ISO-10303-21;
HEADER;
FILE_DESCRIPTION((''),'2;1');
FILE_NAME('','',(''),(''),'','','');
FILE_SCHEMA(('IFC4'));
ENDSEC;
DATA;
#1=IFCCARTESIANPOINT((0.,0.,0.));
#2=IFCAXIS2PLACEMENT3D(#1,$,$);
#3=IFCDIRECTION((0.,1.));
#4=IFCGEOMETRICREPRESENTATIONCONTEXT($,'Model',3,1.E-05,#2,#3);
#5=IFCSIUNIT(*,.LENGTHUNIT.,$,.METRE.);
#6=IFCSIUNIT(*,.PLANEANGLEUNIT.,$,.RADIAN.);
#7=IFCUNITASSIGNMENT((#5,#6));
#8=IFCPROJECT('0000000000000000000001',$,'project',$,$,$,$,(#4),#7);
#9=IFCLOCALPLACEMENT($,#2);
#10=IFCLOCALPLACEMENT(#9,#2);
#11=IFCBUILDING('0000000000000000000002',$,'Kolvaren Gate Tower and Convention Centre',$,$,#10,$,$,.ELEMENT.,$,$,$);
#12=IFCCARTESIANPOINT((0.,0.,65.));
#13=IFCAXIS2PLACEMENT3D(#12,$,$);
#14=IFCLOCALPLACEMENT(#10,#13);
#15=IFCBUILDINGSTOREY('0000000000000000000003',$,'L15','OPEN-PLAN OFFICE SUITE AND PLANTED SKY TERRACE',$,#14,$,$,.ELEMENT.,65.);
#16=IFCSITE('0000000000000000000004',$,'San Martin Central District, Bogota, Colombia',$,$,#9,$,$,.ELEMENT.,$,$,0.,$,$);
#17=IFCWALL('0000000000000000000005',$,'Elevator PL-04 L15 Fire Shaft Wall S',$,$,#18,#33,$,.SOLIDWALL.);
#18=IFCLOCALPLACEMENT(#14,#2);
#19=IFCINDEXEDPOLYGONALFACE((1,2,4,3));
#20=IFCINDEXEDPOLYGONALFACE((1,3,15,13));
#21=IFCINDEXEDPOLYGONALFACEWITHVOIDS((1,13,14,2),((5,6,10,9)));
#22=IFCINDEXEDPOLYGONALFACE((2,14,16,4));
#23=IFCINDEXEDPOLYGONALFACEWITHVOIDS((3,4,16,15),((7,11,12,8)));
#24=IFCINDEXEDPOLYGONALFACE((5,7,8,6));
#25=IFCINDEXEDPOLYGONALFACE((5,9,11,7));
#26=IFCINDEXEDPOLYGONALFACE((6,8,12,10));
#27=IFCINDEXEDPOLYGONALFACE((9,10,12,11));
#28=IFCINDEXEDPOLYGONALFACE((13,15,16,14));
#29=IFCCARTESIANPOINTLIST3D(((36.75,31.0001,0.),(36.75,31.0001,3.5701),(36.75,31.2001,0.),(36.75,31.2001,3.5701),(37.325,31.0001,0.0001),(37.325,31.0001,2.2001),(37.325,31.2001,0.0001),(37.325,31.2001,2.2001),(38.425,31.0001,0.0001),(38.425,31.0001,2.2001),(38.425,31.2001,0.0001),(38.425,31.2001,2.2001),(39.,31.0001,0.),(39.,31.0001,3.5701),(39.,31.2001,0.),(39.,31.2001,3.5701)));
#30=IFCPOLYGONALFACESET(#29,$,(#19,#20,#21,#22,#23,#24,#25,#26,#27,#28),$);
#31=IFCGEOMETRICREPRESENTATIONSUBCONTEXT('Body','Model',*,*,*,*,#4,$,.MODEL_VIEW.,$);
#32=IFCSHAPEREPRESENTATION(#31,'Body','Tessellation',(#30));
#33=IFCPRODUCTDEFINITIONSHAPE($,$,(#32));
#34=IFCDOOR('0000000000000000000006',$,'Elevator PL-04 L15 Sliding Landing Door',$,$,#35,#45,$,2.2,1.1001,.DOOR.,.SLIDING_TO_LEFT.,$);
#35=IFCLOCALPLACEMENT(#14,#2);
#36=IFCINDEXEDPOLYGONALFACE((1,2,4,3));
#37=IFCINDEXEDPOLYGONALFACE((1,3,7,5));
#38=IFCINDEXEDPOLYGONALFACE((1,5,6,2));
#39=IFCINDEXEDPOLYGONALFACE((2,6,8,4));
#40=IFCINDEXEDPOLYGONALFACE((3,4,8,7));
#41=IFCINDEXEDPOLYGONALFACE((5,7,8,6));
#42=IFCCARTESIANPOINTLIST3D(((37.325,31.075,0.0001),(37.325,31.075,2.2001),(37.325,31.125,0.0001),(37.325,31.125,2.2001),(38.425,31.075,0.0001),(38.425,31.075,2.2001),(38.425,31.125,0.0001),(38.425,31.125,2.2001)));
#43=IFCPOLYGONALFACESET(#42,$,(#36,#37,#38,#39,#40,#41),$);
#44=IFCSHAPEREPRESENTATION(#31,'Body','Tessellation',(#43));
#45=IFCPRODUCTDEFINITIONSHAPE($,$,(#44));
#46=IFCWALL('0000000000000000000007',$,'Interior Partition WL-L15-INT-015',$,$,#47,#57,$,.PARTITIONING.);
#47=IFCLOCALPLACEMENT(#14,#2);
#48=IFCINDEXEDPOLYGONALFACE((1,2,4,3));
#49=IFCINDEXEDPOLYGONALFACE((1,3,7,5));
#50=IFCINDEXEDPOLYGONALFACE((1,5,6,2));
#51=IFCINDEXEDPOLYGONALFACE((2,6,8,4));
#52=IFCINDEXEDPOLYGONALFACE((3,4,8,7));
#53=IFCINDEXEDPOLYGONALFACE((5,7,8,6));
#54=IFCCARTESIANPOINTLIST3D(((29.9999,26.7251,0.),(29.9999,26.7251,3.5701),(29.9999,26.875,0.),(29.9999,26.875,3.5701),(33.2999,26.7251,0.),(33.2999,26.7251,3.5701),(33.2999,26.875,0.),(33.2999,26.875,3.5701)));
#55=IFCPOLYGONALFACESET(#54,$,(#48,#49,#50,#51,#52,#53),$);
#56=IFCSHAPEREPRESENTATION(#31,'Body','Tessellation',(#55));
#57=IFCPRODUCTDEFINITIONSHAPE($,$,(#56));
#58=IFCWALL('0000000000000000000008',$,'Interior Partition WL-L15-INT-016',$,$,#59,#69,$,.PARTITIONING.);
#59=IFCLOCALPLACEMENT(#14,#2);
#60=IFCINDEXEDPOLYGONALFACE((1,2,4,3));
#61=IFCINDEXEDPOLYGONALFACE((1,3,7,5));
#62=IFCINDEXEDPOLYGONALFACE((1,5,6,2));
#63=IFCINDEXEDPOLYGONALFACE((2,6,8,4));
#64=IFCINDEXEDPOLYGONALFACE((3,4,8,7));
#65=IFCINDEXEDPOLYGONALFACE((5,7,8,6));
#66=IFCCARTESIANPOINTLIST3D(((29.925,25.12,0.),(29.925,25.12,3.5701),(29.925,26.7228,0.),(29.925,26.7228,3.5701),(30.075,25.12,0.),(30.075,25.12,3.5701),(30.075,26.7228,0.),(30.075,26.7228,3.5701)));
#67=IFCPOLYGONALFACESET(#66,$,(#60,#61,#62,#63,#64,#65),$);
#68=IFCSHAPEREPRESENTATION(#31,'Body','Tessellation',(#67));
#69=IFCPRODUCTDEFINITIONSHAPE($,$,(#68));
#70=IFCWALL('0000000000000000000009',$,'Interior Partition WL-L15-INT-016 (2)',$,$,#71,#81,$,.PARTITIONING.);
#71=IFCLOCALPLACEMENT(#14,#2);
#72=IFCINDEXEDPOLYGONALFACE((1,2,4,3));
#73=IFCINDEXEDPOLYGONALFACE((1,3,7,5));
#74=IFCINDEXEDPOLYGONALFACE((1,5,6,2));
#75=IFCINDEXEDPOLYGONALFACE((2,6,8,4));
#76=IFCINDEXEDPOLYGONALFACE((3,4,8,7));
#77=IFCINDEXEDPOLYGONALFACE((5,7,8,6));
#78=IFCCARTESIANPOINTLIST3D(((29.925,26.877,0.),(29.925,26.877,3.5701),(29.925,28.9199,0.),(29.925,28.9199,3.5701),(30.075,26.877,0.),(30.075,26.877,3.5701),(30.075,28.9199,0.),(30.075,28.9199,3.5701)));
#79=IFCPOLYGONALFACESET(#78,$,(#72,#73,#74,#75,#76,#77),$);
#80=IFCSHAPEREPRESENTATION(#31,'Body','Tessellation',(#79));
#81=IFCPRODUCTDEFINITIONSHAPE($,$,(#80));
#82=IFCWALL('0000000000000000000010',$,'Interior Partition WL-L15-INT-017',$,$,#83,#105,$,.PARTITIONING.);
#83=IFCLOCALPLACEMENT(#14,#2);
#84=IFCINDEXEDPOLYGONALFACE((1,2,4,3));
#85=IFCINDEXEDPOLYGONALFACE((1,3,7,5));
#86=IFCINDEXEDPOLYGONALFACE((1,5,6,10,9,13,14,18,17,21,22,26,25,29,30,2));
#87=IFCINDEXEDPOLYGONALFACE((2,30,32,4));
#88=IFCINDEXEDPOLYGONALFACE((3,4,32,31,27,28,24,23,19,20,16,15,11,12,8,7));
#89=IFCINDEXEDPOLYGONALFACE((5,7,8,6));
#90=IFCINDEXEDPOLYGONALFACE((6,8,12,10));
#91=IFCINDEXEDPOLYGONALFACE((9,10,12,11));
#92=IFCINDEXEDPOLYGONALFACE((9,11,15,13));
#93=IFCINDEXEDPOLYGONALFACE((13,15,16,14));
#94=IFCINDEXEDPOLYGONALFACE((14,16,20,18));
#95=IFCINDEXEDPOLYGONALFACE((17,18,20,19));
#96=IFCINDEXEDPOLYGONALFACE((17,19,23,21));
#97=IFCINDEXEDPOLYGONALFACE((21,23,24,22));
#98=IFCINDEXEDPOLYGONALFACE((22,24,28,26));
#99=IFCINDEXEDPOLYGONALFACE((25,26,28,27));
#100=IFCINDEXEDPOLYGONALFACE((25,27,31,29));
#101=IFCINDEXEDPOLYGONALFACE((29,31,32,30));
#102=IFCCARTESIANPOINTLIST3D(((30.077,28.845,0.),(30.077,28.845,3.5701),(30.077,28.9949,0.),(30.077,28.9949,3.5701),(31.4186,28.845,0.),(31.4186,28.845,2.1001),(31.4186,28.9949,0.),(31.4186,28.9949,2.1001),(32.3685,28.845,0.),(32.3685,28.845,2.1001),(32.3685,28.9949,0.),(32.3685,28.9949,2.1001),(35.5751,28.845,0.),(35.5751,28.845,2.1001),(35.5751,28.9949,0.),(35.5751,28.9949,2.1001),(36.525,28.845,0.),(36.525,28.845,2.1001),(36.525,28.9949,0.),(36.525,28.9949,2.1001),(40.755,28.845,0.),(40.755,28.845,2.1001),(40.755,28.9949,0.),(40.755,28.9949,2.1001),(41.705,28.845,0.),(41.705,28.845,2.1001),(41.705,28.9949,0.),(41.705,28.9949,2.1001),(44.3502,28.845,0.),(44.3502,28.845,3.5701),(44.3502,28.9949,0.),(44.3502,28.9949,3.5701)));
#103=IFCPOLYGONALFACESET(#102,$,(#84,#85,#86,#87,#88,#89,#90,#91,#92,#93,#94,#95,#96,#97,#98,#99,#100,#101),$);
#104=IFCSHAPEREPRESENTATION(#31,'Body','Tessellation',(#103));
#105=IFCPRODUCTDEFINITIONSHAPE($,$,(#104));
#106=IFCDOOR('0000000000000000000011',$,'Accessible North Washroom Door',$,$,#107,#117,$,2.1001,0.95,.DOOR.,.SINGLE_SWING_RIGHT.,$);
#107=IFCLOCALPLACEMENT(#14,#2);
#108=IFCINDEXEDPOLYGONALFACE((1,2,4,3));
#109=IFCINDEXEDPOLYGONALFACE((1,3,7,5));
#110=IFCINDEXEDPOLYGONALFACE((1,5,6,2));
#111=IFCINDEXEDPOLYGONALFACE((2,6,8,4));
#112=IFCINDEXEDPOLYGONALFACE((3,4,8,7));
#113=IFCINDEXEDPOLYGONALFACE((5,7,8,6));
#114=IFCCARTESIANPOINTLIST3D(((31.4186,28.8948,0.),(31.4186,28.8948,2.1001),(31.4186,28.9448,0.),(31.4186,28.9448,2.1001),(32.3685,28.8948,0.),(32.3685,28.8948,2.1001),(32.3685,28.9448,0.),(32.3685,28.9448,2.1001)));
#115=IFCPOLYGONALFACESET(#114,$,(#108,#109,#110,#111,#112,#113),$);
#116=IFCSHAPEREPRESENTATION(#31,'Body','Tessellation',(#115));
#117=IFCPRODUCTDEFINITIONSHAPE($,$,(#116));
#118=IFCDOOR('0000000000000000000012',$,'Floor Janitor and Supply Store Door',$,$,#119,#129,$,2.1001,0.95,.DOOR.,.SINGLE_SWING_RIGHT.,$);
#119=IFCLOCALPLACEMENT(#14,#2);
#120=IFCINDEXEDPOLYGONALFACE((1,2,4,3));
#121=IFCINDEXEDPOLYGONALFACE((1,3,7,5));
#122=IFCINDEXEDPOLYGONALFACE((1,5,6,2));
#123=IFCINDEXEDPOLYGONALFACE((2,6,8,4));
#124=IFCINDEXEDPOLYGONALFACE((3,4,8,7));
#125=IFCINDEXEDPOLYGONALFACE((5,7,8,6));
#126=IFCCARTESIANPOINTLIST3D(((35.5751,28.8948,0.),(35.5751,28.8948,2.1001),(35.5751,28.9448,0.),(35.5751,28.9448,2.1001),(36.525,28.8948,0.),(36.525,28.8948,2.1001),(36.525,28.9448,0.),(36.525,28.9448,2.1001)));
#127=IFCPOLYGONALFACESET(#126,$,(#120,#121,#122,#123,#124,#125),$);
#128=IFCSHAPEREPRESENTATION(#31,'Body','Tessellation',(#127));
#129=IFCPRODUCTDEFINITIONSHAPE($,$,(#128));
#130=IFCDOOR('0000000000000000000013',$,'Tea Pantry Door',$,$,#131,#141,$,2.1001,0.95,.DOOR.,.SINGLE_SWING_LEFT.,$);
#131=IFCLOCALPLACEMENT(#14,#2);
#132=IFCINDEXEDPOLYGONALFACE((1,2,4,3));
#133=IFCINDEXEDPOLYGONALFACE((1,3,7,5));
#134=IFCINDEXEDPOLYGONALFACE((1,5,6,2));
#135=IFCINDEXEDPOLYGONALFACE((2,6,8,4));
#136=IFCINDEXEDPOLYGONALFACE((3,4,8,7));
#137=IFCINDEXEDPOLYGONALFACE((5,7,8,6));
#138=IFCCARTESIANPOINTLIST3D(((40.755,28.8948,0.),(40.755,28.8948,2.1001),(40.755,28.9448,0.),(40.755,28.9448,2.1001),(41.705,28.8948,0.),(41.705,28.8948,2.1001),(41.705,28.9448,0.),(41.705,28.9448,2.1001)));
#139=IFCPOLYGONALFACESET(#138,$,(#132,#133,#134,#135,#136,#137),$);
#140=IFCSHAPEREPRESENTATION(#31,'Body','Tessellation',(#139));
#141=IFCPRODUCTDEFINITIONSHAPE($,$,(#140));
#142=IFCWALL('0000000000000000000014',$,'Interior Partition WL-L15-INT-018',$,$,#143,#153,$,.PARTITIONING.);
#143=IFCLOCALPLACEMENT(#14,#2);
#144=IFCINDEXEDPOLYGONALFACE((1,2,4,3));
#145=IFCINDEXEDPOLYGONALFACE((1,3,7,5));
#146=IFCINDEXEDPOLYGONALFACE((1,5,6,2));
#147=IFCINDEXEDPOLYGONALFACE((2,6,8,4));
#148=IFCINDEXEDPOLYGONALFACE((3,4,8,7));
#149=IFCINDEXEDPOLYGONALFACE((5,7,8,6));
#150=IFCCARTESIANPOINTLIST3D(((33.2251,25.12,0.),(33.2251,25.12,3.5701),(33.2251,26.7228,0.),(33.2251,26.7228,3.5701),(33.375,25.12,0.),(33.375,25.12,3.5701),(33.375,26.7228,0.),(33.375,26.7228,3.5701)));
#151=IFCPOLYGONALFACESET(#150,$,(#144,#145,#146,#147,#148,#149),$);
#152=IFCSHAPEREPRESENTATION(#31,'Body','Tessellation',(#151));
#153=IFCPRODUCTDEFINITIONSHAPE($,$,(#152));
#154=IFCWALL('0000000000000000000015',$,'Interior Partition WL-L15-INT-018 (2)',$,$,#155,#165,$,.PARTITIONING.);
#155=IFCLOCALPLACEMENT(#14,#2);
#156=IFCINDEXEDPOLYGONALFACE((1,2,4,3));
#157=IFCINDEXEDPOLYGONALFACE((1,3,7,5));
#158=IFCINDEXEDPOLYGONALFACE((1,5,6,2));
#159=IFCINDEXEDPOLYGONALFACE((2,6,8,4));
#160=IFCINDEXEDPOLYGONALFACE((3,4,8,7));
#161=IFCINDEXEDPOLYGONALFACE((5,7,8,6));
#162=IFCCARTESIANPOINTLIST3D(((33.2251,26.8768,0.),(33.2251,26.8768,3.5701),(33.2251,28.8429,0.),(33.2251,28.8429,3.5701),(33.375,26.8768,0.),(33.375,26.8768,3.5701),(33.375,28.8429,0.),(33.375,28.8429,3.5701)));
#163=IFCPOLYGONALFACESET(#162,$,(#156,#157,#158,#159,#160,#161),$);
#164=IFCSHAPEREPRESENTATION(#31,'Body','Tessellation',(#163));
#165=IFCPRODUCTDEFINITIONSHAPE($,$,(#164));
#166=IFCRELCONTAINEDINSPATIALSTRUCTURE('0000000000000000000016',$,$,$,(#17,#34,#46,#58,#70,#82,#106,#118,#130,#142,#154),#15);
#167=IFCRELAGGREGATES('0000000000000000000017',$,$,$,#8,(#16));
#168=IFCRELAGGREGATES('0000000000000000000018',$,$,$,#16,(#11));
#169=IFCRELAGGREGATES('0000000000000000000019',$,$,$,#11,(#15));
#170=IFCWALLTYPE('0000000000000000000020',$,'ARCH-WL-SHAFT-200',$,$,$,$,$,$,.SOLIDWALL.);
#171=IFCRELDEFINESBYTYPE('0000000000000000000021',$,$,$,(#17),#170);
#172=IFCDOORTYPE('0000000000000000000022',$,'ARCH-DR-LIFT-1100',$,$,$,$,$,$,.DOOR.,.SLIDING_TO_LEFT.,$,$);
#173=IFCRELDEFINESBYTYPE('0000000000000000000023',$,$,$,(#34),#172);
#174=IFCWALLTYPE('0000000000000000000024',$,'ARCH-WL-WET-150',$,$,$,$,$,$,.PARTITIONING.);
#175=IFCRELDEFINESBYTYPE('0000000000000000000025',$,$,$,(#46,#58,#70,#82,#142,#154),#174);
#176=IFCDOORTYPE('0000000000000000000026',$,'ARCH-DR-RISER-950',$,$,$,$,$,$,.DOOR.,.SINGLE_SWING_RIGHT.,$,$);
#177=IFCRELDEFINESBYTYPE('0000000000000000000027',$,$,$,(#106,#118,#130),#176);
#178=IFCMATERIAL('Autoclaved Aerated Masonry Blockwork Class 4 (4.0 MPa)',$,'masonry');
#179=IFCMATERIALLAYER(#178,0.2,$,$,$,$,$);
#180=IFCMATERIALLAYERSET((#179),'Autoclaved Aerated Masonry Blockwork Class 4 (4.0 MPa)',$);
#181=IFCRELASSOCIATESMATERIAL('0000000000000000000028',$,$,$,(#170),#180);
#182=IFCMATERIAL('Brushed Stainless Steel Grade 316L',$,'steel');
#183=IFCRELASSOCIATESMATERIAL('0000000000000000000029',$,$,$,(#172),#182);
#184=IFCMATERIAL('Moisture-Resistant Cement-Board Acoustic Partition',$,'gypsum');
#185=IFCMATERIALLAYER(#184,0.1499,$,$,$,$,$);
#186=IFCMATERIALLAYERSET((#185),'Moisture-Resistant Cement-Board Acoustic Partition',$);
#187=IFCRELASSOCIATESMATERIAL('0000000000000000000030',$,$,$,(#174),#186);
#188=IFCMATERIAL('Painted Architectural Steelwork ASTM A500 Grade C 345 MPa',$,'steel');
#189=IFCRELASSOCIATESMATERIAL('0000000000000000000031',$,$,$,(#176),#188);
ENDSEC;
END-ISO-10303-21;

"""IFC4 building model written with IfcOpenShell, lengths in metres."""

from ifc_helpers import new_model, si_unit, direction, frame, frame_2d, origin, place, context, subcontext, project, spatial, rectangle, extrude, material, layer, layer_set, type_object, element, fill, save


model = new_model("IFC4")

# Units and contexts
model_context = context("Model", 3, precision=1e-05, world=origin(), true_north=direction((0.0, 1.0)))
body_context = subcontext(model_context, "Body", "Model", "MODEL_VIEW")
ifc_project = project(units=[si_unit("LENGTHUNIT", "METRE"), si_unit("PLANEANGLEUNIT", "RADIAN")], contexts=[model_context])

# Site, building, storey
site_placement = place(None, origin())
site = spatial("IfcSite", under=ifc_project, at=site_placement, Name="San Martin Central District, Bogota, Colombia", CompositionType="ELEMENT", RefElevation=0.0)
building_placement = place(site_placement, origin())
building = spatial("IfcBuilding", under=site, at=building_placement, Name="Kolvaren Gate Tower and Convention Centre", CompositionType="ELEMENT")
storey_placement = place(building_placement, frame((0.0, 0.0, 65.0)))
storey = spatial("IfcBuildingStorey", under=building, at=storey_placement, Name="L15", Description="OPEN-PLAN OFFICE SUITE AND PLANTED SKY TERRACE", CompositionType="ELEMENT", Elevation=65.0)

# Shared definitions
ifc_material_1 = material(Name="Autoclaved Aerated Masonry Blockwork Class 4 (4.0 MPa)", Category="masonry")
ifc_layer_1 = layer(ifc_material_1, 0.2)
ifc_layer_set_1 = layer_set([ifc_layer_1], Name="Autoclaved Aerated Masonry Blockwork Class 4 (4.0 MPa)")
wall_type_1 = type_object("IfcWallType", Name="ARCH-WL-SHAFT-200", PredefinedType="SOLIDWALL", material=ifc_layer_set_1)
ifc_material_2 = material(Name="Brushed Stainless Steel Grade 316L", Category="steel")
door_type_1 = type_object("IfcDoorType", Name="ARCH-DR-LIFT-1100", OperationType="SLIDING_TO_LEFT", PredefinedType="DOOR", material=ifc_material_2)

# Wall, opening, door
wall_1_placement = place(storey_placement, frame((36.75, 31.1001, 0.0), z_axis=(0.0, 0.0, 1.0), x_axis=(1.0, 0.0, 0.0)))
wall_1 = element("IfcWall", 1, at=wall_1_placement, inside=storey, type_object=wall_type_1, Name="Elevator PL-04 L15 Fire Shaft Wall S", PredefinedType="SOLIDWALL", context=body_context, shape_type="SweptSolid", body=[
    extrude(rectangle(XDim=2.25, YDim=0.2, at=frame_2d((1.125, 0.0))), origin(), (0.0, 0.0, 1.0), 3.5701),
])
opening_1_placement = place(wall_1_placement, frame((0.575, 0.0, 0.0)))
opening_1 = element("IfcOpeningElement", 2, at=opening_1_placement, cuts=wall_1, PredefinedType="OPENING", context=body_context, shape_type="SweptSolid", body=[
    extrude(rectangle(XDim=1.1001, YDim=2.2, at=frame_2d((0.55, 1.1001))), frame((0.0, 0.1099, 0.0), z_axis=(0.0, -1.0, 0.0), x_axis=(1.0, 0.0, 0.0)), (0.0, 0.0, 1.0), 0.22),
])
door_1_placement = place(opening_1_placement, origin())
door_1 = element("IfcDoor", 3, at=door_1_placement, inside=storey, type_object=door_type_1, Name="Elevator PL-04 L15 Sliding Landing Door", OperationType="SLIDING_TO_LEFT", OverallHeight=2.2, OverallWidth=1.1001, PredefinedType="DOOR", context=body_context, shape_type="SweptSolid", body=[
    extrude(rectangle(XDim=1.1001, YDim=2.2, at=frame_2d((0.55, 1.1001))), frame((0.0, 0.0249, 0.0), z_axis=(0.0, -1.0, 0.0), x_axis=(1.0, 0.0, 0.0)), (0.0, 0.0, 1.0), 0.05),
])
fill(opening_1, door_1)

# Walls
ifc_material_3 = material(Name="Moisture-Resistant Cement-Board Acoustic Partition", Category="gypsum")
ifc_layer_2 = layer(ifc_material_3, 0.1499)
ifc_layer_set_2 = layer_set([ifc_layer_2], Name="Moisture-Resistant Cement-Board Acoustic Partition")
wall_type_2 = type_object("IfcWallType", Name="ARCH-WL-WET-150", PredefinedType="PARTITIONING", material=ifc_layer_set_2)
wall_2_placement = place(storey_placement, frame((30.0, 26.8, 0.0), z_axis=(0.0, 0.0, 1.0), x_axis=(1.0, 0.0, 0.0)))
element("IfcWall", 4, at=wall_2_placement, inside=storey, type_object=wall_type_2, Name="Interior Partition WL-L15-INT-015", PredefinedType="PARTITIONING", context=body_context, shape_type="SweptSolid", body=[
    extrude(rectangle(XDim=3.3, YDim=0.1499, at=frame_2d((1.6499, 0.0))), origin(), (0.0, 0.0, 1.0), 3.5701),
])
wall_3_placement = place(storey_placement, frame((30.0, 25.1201, 0.0), z_axis=(0.0, 0.0, 1.0), x_axis=(0.0, 1.0, 0.0)))
element("IfcWall", 5, at=wall_3_placement, inside=storey, type_object=wall_type_2, Name="Interior Partition WL-L15-INT-016", PredefinedType="PARTITIONING", context=body_context, shape_type="SweptSolid", body=[
    extrude(rectangle(XDim=1.6028, YDim=0.1499, at=frame_2d((0.8013, 0.0))), origin(), (0.0, 0.0, 1.0), 3.5701),
])
wall_4_placement = place(storey_placement, frame((30.0, 26.877, 0.0), z_axis=(0.0, 0.0, 1.0), x_axis=(0.0, 1.0, 0.0)))
element("IfcWall", 6, at=wall_4_placement, inside=storey, type_object=wall_type_2, Name="Interior Partition WL-L15-INT-016 (2)", PredefinedType="PARTITIONING", context=body_context, shape_type="SweptSolid", body=[
    extrude(rectangle(XDim=2.043, YDim=0.1499, at=frame_2d((1.0215, 0.0))), origin(), (0.0, 0.0, 1.0), 3.5701),
])

# Wall, openings, doors
wall_5_placement = place(storey_placement, frame((30.0769, 28.9199, 0.0), z_axis=(0.0, 0.0, 1.0), x_axis=(1.0, 0.0, 0.0)))
wall_5 = element("IfcWall", 7, at=wall_5_placement, inside=storey, type_object=wall_type_2, Name="Interior Partition WL-L15-INT-017", PredefinedType="PARTITIONING", context=body_context, shape_type="SweptSolid", body=[
    extrude(rectangle(XDim=14.2732, YDim=0.1499, at=frame_2d((7.1367, 0.0))), origin(), (0.0, 0.0, 1.0), 3.5701),
])
opening_2_placement = place(wall_5_placement, frame((1.3416, 0.0, 0.0)))
opening_2 = element("IfcOpeningElement", 8, at=opening_2_placement, cuts=wall_5, PredefinedType="OPENING", context=body_context, shape_type="SweptSolid", body=[
    extrude(rectangle(XDim=0.95, YDim=2.1001, at=frame_2d((0.4751, 1.05))), frame((0.0, 0.085, 0.0), z_axis=(0.0, -1.0, 0.0), x_axis=(1.0, 0.0, 0.0)), (0.0, 0.0, 1.0), 0.1699),
])
opening_3_placement = place(wall_5_placement, frame((5.498, 0.0, 0.0)))
opening_3 = element("IfcOpeningElement", 9, at=opening_3_placement, cuts=wall_5, PredefinedType="OPENING", context=body_context, shape_type="SweptSolid", body=[
    extrude(rectangle(XDim=0.95, YDim=2.1001, at=frame_2d((0.4751, 1.05))), frame((0.0, 0.085, 0.0), z_axis=(0.0, -1.0, 0.0), x_axis=(1.0, 0.0, 0.0)), (0.0, 0.0, 1.0), 0.1699),
])
opening_4_placement = place(wall_5_placement, frame((10.678, 0.0, 0.0)))
opening_4 = element("IfcOpeningElement", 10, at=opening_4_placement, cuts=wall_5, PredefinedType="OPENING", context=body_context, shape_type="SweptSolid", body=[
    extrude(rectangle(XDim=0.95, YDim=2.1001, at=frame_2d((0.4751, 1.05))), frame((0.0, 0.085, 0.0), z_axis=(0.0, -1.0, 0.0), x_axis=(1.0, 0.0, 0.0)), (0.0, 0.0, 1.0), 0.1699),
])
ifc_material_4 = material(Name="Painted Architectural Steelwork ASTM A500 Grade C 345 MPa", Category="steel")
door_type_2 = type_object("IfcDoorType", Name="ARCH-DR-RISER-950", OperationType="SINGLE_SWING_RIGHT", PredefinedType="DOOR", material=ifc_material_4)
door_2_placement = place(opening_2_placement, origin())
door_2 = element("IfcDoor", 11, at=door_2_placement, inside=storey, type_object=door_type_2, Name="Accessible North Washroom Door", OperationType="SINGLE_SWING_RIGHT", OverallHeight=2.1001, OverallWidth=0.95, PredefinedType="DOOR", context=body_context, shape_type="SweptSolid", body=[
    extrude(rectangle(XDim=0.95, YDim=2.1001, at=frame_2d((0.4751, 1.05))), frame((0.0, 0.0249, 0.0), z_axis=(0.0, -1.0, 0.0), x_axis=(1.0, 0.0, 0.0)), (0.0, 0.0, 1.0), 0.05),
])
fill(opening_2, door_2)
door_3_placement = place(opening_3_placement, origin())
door_3 = element("IfcDoor", 12, at=door_3_placement, inside=storey, type_object=door_type_2, Name="Floor Janitor and Supply Store Door", OperationType="SINGLE_SWING_RIGHT", OverallHeight=2.1001, OverallWidth=0.95, PredefinedType="DOOR", context=body_context, shape_type="SweptSolid", body=[
    extrude(rectangle(XDim=0.95, YDim=2.1001, at=frame_2d((0.4751, 1.05))), frame((0.0, 0.0249, 0.0), z_axis=(0.0, -1.0, 0.0), x_axis=(1.0, 0.0, 0.0)), (0.0, 0.0, 1.0), 0.05),
])
fill(opening_3, door_3)
door_4_placement = place(opening_4_placement, origin())
door_4 = element("IfcDoor", 13, at=door_4_placement, inside=storey, type_object=door_type_2, Name="Tea Pantry Door", OperationType="SINGLE_SWING_LEFT", OverallHeight=2.1001, OverallWidth=0.95, PredefinedType="DOOR", context=body_context, shape_type="SweptSolid", body=[
    extrude(rectangle(XDim=0.95, YDim=2.1001, at=frame_2d((0.4751, 1.05))), frame((0.0, 0.0249, 0.0), z_axis=(0.0, -1.0, 0.0), x_axis=(1.0, 0.0, 0.0)), (0.0, 0.0, 1.0), 0.05),
])
fill(opening_4, door_4)

# Walls
wall_6_placement = place(storey_placement, frame((33.3, 25.1201, 0.0), z_axis=(0.0, 0.0, 1.0), x_axis=(0.0, 1.0, 0.0)))
element("IfcWall", 14, at=wall_6_placement, inside=storey, type_object=wall_type_2, Name="Interior Partition WL-L15-INT-018", PredefinedType="PARTITIONING", context=body_context, shape_type="SweptSolid", body=[
    extrude(rectangle(XDim=1.6028, YDim=0.1499, at=frame_2d((0.8013, 0.0))), origin(), (0.0, 0.0, 1.0), 3.5701),
])
wall_7_placement = place(storey_placement, frame((33.3, 26.877, 0.0), z_axis=(0.0, 0.0, 1.0), x_axis=(0.0, 1.0, 0.0)))
element("IfcWall", 15, at=wall_7_placement, inside=storey, type_object=wall_type_2, Name="Interior Partition WL-L15-INT-018 (2)", PredefinedType="PARTITIONING", context=body_context, shape_type="SweptSolid", body=[
    extrude(rectangle(XDim=1.9661, YDim=0.1499, at=frame_2d((0.9829, 0.0))), origin(), (0.0, 0.0, 1.0), 3.5701),
])

save(model, "model.ifc")
